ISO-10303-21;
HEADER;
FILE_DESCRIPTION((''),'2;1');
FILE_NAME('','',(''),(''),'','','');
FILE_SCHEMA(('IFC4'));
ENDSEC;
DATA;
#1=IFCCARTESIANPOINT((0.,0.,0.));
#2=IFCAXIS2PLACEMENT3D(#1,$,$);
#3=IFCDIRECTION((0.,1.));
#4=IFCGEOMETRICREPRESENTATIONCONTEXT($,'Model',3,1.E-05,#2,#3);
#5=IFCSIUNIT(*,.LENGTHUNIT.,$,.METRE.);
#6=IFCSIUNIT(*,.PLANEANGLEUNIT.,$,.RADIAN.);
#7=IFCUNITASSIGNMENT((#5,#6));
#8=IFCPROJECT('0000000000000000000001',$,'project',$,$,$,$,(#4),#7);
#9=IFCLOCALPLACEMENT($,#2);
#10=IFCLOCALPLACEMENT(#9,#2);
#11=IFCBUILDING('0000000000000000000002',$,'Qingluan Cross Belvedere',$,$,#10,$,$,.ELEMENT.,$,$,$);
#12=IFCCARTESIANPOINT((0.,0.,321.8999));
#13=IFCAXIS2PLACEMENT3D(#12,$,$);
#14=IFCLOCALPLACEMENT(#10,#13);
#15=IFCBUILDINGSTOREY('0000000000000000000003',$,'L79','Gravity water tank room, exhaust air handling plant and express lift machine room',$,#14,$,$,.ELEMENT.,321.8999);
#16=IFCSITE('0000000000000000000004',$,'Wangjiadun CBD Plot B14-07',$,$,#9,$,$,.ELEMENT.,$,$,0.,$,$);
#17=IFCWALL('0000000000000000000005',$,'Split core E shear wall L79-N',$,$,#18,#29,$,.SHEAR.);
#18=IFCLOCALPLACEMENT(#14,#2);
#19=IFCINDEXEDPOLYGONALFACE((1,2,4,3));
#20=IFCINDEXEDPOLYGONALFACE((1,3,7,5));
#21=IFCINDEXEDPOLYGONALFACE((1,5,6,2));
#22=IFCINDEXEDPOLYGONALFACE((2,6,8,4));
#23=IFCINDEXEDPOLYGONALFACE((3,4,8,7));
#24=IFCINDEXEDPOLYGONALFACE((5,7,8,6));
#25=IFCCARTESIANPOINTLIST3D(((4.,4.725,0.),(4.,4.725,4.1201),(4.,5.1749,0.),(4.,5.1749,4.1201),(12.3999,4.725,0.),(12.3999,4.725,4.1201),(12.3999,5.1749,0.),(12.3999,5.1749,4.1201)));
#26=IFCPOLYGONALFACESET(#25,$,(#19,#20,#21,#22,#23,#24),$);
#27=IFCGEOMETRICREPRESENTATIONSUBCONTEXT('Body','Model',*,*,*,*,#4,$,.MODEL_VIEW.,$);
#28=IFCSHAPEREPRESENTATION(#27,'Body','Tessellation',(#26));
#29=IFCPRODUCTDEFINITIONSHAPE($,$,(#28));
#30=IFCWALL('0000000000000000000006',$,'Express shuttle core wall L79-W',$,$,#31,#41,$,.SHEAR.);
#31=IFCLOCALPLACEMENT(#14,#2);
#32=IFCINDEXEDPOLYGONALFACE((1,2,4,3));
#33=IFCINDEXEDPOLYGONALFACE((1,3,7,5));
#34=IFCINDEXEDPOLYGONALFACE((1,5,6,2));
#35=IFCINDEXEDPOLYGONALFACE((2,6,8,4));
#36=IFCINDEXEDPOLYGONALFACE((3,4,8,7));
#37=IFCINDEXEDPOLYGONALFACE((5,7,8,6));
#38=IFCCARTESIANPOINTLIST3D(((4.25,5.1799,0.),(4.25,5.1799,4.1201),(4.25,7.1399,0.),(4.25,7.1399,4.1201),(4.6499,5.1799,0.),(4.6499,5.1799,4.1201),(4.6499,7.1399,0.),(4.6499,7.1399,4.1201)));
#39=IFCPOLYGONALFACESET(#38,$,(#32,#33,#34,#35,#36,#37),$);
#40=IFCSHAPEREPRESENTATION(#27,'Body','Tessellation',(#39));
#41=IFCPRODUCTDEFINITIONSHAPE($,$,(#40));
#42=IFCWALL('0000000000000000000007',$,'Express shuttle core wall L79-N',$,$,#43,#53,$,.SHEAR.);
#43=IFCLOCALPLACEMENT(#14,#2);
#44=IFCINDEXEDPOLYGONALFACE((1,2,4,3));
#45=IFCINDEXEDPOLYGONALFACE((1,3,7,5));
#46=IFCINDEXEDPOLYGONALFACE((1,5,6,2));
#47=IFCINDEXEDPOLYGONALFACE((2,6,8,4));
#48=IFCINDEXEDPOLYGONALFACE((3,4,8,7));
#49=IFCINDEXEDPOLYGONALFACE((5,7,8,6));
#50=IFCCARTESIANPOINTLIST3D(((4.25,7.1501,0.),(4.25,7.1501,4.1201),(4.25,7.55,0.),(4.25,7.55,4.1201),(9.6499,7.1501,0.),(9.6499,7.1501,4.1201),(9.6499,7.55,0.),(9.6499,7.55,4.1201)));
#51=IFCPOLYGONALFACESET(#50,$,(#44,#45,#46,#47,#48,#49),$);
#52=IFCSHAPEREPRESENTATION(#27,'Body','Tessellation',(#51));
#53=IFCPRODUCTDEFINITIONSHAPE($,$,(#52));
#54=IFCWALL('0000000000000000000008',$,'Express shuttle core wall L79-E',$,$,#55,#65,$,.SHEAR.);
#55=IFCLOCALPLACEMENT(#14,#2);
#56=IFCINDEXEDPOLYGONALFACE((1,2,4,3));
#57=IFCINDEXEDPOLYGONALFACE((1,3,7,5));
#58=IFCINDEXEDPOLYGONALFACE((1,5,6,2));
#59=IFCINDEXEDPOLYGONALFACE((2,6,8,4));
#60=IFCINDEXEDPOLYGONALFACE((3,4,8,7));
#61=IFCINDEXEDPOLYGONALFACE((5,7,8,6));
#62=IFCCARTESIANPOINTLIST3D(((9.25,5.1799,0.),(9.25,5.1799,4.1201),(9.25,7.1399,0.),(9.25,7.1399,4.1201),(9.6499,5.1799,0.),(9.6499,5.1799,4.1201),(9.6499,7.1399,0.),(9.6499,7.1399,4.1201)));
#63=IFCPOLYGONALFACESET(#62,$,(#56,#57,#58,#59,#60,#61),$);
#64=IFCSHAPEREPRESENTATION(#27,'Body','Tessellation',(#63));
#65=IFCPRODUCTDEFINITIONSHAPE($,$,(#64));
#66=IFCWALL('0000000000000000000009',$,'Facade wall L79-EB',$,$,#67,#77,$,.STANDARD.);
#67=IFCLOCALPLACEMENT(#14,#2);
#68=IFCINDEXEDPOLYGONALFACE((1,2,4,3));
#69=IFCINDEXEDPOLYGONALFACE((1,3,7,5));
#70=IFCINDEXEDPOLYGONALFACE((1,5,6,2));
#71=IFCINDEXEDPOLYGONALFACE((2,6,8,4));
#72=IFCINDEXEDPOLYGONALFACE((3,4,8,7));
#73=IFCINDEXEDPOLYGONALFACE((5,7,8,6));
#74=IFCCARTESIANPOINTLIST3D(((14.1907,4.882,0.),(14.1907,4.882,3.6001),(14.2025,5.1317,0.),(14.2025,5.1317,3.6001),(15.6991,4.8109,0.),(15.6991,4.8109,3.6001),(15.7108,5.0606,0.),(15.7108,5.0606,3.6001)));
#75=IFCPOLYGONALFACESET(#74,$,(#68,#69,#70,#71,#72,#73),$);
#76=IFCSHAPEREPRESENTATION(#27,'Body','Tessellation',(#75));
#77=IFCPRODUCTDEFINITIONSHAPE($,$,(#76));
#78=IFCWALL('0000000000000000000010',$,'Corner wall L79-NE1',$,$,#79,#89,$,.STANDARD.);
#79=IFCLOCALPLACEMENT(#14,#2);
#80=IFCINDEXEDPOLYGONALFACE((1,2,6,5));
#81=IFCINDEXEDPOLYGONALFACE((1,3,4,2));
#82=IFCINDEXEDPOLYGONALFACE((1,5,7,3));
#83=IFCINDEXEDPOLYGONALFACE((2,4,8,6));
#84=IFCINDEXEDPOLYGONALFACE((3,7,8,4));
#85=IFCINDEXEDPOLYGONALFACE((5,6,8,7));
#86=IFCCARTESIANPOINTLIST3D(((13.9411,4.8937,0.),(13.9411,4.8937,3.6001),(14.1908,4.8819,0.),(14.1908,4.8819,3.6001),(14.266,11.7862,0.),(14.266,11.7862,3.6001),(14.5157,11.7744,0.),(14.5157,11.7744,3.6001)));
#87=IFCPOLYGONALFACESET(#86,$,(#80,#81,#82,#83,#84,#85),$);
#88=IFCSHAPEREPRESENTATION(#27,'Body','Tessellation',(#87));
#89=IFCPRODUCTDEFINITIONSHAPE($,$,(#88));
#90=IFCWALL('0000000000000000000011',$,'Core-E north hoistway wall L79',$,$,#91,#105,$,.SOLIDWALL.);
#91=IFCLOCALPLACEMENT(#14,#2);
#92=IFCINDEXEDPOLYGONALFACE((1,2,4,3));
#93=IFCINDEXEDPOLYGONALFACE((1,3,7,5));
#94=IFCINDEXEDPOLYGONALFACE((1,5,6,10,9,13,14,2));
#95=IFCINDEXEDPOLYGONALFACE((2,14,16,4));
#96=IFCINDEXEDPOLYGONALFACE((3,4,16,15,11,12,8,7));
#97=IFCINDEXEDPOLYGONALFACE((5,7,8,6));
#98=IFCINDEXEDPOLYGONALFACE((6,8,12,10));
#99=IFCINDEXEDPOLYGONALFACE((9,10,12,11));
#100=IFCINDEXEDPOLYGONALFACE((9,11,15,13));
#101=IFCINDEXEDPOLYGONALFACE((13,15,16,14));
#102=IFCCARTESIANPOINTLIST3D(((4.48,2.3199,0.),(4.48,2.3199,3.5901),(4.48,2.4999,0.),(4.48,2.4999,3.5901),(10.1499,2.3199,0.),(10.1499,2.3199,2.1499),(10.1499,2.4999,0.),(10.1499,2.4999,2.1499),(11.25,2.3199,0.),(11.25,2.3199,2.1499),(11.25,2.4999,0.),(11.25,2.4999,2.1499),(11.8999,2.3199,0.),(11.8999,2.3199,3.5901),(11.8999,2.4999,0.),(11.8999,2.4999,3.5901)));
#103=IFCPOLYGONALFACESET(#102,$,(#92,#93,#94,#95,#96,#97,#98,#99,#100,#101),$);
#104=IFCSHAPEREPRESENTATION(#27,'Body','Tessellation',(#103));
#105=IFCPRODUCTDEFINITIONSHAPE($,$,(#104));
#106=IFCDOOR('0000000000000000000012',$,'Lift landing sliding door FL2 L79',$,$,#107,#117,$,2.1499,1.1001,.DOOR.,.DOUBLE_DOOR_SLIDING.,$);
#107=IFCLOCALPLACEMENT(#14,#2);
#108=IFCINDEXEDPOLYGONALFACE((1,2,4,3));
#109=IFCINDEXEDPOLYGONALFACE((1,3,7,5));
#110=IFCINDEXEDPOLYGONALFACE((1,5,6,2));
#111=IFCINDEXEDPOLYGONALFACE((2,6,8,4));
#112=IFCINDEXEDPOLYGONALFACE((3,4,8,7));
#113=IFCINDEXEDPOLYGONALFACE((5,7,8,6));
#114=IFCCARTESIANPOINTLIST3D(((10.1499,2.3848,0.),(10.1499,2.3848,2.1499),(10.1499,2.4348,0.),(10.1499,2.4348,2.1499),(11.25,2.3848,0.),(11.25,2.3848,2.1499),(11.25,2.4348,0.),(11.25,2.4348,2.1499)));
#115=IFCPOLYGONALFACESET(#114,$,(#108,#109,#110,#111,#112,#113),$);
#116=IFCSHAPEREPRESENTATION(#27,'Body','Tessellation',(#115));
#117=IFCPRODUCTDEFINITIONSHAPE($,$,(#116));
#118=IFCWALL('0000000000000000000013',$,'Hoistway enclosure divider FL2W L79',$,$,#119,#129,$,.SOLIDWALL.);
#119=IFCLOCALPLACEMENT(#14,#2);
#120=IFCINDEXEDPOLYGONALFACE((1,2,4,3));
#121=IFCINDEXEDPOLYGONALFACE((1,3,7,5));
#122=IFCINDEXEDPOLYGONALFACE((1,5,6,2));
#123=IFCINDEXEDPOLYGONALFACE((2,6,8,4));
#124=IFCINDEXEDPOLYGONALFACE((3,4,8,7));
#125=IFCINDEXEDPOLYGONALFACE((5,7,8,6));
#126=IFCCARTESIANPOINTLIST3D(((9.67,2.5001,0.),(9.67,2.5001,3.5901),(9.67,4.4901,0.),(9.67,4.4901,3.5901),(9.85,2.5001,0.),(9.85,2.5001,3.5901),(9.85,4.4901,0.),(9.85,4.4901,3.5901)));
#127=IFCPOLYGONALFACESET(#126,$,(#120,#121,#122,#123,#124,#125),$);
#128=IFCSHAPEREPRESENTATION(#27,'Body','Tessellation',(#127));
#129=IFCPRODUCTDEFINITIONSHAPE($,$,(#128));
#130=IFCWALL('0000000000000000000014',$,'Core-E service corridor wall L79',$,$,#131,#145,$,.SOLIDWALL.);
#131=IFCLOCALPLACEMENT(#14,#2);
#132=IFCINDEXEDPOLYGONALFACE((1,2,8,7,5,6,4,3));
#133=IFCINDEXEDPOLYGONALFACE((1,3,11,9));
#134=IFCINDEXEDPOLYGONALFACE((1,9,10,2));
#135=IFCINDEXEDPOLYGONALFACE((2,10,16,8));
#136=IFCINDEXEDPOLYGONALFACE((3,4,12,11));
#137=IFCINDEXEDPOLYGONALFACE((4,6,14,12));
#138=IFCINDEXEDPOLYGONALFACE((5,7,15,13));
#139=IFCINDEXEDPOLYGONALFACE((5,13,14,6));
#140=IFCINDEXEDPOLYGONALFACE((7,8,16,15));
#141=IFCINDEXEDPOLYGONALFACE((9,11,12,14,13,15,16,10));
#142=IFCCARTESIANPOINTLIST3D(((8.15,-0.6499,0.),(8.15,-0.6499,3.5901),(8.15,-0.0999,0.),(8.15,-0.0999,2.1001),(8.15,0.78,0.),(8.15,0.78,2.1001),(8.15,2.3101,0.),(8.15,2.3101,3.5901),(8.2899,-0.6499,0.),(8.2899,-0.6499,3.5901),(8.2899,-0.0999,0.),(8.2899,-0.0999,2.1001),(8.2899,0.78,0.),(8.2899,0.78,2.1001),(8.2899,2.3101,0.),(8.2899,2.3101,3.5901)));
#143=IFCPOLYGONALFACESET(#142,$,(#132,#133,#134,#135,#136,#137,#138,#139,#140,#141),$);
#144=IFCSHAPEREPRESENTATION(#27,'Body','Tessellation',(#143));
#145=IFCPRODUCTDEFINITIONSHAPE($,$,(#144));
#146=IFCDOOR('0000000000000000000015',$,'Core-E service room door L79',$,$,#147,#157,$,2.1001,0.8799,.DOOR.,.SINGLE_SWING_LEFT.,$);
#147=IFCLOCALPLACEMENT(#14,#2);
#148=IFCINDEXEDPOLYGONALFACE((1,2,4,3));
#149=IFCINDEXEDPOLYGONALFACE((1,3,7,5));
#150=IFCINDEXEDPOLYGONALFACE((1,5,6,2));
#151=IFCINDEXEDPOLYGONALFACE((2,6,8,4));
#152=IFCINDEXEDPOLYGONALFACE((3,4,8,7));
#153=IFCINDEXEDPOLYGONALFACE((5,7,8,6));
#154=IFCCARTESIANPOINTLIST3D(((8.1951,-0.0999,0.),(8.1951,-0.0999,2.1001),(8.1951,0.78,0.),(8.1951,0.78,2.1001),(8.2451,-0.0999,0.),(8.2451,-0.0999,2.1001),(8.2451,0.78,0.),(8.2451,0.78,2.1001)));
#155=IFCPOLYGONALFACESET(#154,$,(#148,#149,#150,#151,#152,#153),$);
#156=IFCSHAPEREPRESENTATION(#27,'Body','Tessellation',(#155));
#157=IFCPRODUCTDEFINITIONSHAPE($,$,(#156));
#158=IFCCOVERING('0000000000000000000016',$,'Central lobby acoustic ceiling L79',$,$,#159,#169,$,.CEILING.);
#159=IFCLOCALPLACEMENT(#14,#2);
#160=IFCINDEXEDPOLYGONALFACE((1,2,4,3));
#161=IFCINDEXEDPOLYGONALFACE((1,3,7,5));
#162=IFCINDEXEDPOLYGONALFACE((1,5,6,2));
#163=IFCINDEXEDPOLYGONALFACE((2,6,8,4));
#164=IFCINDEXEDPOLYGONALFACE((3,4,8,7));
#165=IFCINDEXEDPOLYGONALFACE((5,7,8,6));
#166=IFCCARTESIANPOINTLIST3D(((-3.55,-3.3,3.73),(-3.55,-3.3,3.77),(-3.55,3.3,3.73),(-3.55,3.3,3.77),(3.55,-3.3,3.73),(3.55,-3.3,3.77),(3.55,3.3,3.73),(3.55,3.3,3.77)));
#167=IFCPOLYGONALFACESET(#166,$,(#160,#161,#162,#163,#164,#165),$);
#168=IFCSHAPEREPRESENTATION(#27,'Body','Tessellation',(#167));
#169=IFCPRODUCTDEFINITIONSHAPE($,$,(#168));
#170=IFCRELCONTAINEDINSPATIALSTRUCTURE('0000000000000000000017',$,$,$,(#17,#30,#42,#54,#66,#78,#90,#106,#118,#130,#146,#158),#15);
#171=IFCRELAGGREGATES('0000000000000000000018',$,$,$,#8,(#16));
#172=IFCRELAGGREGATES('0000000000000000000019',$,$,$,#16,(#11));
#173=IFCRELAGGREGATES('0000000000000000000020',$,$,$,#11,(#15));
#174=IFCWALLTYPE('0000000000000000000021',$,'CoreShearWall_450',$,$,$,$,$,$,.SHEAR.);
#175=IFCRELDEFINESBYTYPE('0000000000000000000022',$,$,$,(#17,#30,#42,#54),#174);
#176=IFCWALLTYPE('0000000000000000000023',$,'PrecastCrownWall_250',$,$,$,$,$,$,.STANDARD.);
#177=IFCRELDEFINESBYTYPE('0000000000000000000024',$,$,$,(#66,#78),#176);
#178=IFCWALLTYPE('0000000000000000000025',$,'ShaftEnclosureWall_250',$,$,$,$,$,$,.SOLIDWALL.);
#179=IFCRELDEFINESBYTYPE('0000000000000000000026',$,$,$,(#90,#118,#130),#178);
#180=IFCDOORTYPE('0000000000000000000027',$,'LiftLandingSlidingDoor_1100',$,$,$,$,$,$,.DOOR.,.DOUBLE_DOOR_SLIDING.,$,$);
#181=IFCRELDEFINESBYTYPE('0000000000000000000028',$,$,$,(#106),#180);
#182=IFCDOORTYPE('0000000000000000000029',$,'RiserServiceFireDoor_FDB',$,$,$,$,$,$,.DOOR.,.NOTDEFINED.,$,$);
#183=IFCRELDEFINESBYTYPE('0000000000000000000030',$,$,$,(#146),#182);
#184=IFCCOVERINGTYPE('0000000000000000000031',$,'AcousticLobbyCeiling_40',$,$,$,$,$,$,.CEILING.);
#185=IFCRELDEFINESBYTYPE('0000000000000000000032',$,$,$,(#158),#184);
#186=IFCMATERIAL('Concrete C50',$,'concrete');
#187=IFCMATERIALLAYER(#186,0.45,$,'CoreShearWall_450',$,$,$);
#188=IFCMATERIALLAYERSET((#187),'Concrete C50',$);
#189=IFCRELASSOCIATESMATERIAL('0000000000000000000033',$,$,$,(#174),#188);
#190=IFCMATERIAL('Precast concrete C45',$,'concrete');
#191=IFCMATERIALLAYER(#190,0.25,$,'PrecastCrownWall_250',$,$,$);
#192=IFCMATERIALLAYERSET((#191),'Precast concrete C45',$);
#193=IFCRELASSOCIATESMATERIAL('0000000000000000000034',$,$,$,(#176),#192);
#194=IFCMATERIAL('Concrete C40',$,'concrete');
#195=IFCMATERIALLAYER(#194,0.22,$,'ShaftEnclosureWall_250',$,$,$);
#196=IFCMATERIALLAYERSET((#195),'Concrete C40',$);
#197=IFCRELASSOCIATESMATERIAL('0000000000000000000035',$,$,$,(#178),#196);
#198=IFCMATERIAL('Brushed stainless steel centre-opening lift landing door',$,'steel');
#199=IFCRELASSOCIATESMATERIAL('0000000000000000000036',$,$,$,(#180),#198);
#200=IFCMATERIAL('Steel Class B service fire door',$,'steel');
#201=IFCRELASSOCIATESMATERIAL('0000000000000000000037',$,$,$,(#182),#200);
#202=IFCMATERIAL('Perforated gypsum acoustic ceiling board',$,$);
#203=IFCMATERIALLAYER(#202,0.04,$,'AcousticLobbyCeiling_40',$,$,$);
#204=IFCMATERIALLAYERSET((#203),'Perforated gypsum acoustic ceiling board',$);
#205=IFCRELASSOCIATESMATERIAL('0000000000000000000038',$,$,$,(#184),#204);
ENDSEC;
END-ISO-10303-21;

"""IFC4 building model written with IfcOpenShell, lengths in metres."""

from ifc_helpers import new_model, si_unit, direction, frame, frame_2d, origin, origin_2d, place, context, subcontext, project, spatial, rectangle, extrude, material, layer, layer_set, type_object, element, fill, save


model = new_model("IFC4")

# Units and contexts
model_context = context("Model", 3, precision=1e-05, world=origin(), true_north=direction((0.0, 1.0)))
body_context = subcontext(model_context, "Body", "Model", "MODEL_VIEW")
ifc_project = project(units=[si_unit("LENGTHUNIT", "METRE"), si_unit("PLANEANGLEUNIT", "RADIAN")], contexts=[model_context])

# Site, building, storey
site_placement = place(None, origin())
site = spatial("IfcSite", under=ifc_project, at=site_placement, Name="Wangjiadun CBD Plot B14-07", CompositionType="ELEMENT", RefElevation=0.0)
building_placement = place(site_placement, origin())
building = spatial("IfcBuilding", under=site, at=building_placement, Name="Qingluan Cross Belvedere", CompositionType="ELEMENT")
storey_placement = place(building_placement, frame((0.0, 0.0, 321.8999)))
storey = spatial("IfcBuildingStorey", under=building, at=storey_placement, Name="L79", Description="Gravity water tank room, exhaust air handling plant and express lift machine room", CompositionType="ELEMENT", Elevation=321.8999)

# Walls
ifc_material_1 = material(Name="Concrete C50", Category="concrete")
ifc_layer_1 = layer(ifc_material_1, 0.45, Name="CoreShearWall_450")
ifc_layer_set_1 = layer_set([ifc_layer_1], Name="Concrete C50")
wall_type_1 = type_object("IfcWallType", Name="CoreShearWall_450", PredefinedType="SHEAR", material=ifc_layer_set_1)
wall_1_placement = place(storey_placement, frame((4.0, 4.95, 0.0), z_axis=(0.0, 0.0, 1.0), x_axis=(1.0, 0.0, 0.0)))
element("IfcWall", 1, at=wall_1_placement, inside=storey, type_object=wall_type_1, Name="Split core E shear wall L79-N", PredefinedType="SHEAR", context=body_context, shape_type="SweptSolid", body=[
    extrude(rectangle(XDim=8.3999, YDim=0.45, at=frame_2d((4.2, 0.0))), origin(), (0.0, 0.0, 1.0), 4.1201),
])
wall_2_placement = place(storey_placement, frame((4.45, 5.1799, 0.0), z_axis=(0.0, 0.0, 1.0), x_axis=(0.0, 1.0, 0.0)))
element("IfcWall", 2, at=wall_2_placement, inside=storey, type_object=wall_type_1, Name="Express shuttle core wall L79-W", PredefinedType="SHEAR", context=body_context, shape_type="SweptSolid", body=[
    extrude(rectangle(XDim=1.96, YDim=0.3999, at=frame_2d((0.98, 0.0))), origin(), (0.0, 0.0, 1.0), 4.1201),
])
wall_3_placement = place(storey_placement, frame((4.25, 7.3501, 0.0), z_axis=(0.0, 0.0, 1.0), x_axis=(1.0, 0.0, 0.0)))
element("IfcWall", 3, at=wall_3_placement, inside=storey, type_object=wall_type_1, Name="Express shuttle core wall L79-N", PredefinedType="SHEAR", context=body_context, shape_type="SweptSolid", body=[
    extrude(rectangle(XDim=5.3999, YDim=0.3999, at=frame_2d((2.7, 0.0))), origin(), (0.0, 0.0, 1.0), 4.1201),
])
wall_4_placement = place(storey_placement, frame((9.45, 5.1799, 0.0), z_axis=(0.0, 0.0, 1.0), x_axis=(0.0, 1.0, 0.0)))
element("IfcWall", 4, at=wall_4_placement, inside=storey, type_object=wall_type_1, Name="Express shuttle core wall L79-E", PredefinedType="SHEAR", context=body_context, shape_type="SweptSolid", body=[
    extrude(rectangle(XDim=1.96, YDim=0.3999, at=frame_2d((0.98, 0.0))), origin(), (0.0, 0.0, 1.0), 4.1201),
])
ifc_material_2 = material(Name="Precast concrete C45", Category="concrete")
ifc_layer_2 = layer(ifc_material_2, 0.25, Name="PrecastCrownWall_250")
ifc_layer_set_2 = layer_set([ifc_layer_2], Name="Precast concrete C45")
wall_type_2 = type_object("IfcWallType", Name="PrecastCrownWall_250", PredefinedType="STANDARD", material=ifc_layer_set_2)
wall_5_placement = place(storey_placement, frame((15.7048, 4.9358, 0.0), z_axis=(0.0, 0.0, 1.0), x_axis=(-0.998893, 0.04705, 0.0)))
element("IfcWall", 5, at=wall_5_placement, inside=storey, type_object=wall_type_2, Name="Facade wall L79-EB", PredefinedType="STANDARD", context=body_context, shape_type="SweptSolid", body=[
    extrude(rectangle(XDim=1.51, YDim=0.25, at=frame_2d((0.7549, 0.0))), origin(), (0.0, 0.0, 1.0), 3.6001),
])
wall_6_placement = place(storey_placement, frame((14.0659, 4.8877, 0.0), z_axis=(0.0, 0.0, 1.0), x_axis=(0.047093, 0.998891, 0.0)))
element("IfcWall", 6, at=wall_6_placement, inside=storey, type_object=wall_type_2, Name="Corner wall L79-NE1", PredefinedType="STANDARD", context=body_context, shape_type="SweptSolid", body=[
    extrude(rectangle(XDim=6.9001, YDim=0.25, at=frame_2d((3.4502, 0.0))), origin(), (0.0, 0.0, 1.0), 3.6001),
])

# Wall, opening, door
ifc_material_3 = material(Name="Concrete C40", Category="concrete")
ifc_layer_3 = layer(ifc_material_3, 0.22, Name="ShaftEnclosureWall_250")
ifc_layer_set_3 = layer_set([ifc_layer_3], Name="Concrete C40")
wall_type_3 = type_object("IfcWallType", Name="ShaftEnclosureWall_250", PredefinedType="SOLIDWALL", material=ifc_layer_set_3)
wall_7_placement = place(storey_placement, frame((4.48, 2.4099, 0.0), z_axis=(0.0, 0.0, 1.0), x_axis=(1.0, 0.0, 0.0)))
wall_7 = element("IfcWall", 7, at=wall_7_placement, inside=storey, type_object=wall_type_3, Name="Core-E north hoistway wall L79", PredefinedType="SOLIDWALL", context=body_context, shape_type="SweptSolid", body=[
    extrude(rectangle(XDim=7.4199, YDim=0.1799, at=frame_2d((3.71, 0.0))), origin(), (0.0, 0.0, 1.0), 3.5901),
])
opening_1_placement = place(wall_7_placement, frame((5.6699, 0.0, 0.0)))
opening_1 = element("IfcOpeningElement", 8, at=opening_1_placement, cuts=wall_7, PredefinedType="OPENING", context=body_context, shape_type="SweptSolid", body=[
    extrude(rectangle(XDim=1.1001, YDim=2.1499, at=frame_2d((0.55, 1.075))), frame((0.0, 0.0999, 0.0), z_axis=(0.0, -1.0, 0.0), x_axis=(1.0, 0.0, 0.0)), (0.0, 0.0, 1.0), 0.2),
])
ifc_material_4 = material(Name="Brushed stainless steel centre-opening lift landing door", Category="steel")
door_type_1 = type_object("IfcDoorType", Name="LiftLandingSlidingDoor_1100", OperationType="DOUBLE_DOOR_SLIDING", PredefinedType="DOOR", material=ifc_material_4)
door_1_placement = place(opening_1_placement, origin())
door_1 = element("IfcDoor", 9, at=door_1_placement, inside=storey, type_object=door_type_1, Name="Lift landing sliding door FL2 L79", OperationType="DOUBLE_DOOR_SLIDING", OverallHeight=2.1499, OverallWidth=1.1001, PredefinedType="DOOR", context=body_context, shape_type="SweptSolid", body=[
    extrude(rectangle(XDim=1.1001, YDim=2.1499, at=frame_2d((0.55, 1.075))), frame((0.0, 0.0249, 0.0), z_axis=(0.0, -1.0, 0.0), x_axis=(1.0, 0.0, 0.0)), (0.0, 0.0, 1.0), 0.05),
])
fill(opening_1, door_1)

# Wall
wall_8_placement = place(storey_placement, frame((9.76, 2.5, 0.0), z_axis=(0.0, 0.0, 1.0), x_axis=(0.0, 1.0, 0.0)))
element("IfcWall", 10, at=wall_8_placement, inside=storey, type_object=wall_type_3, Name="Hoistway enclosure divider FL2W L79", PredefinedType="SOLIDWALL", context=body_context, shape_type="SweptSolid", body=[
    extrude(rectangle(XDim=1.99, YDim=0.1799, at=frame_2d((0.9951, 0.0))), origin(), (0.0, 0.0, 1.0), 3.5901),
])

# Wall, opening, door
wall_9_placement = place(storey_placement, frame((8.22, -0.6499, 0.0), z_axis=(0.0, 0.0, 1.0), x_axis=(0.0, 1.0, 0.0)))
wall_9 = element("IfcWall", 11, at=wall_9_placement, inside=storey, type_object=wall_type_3, Name="Core-E service corridor wall L79", PredefinedType="SOLIDWALL", context=body_context, shape_type="SweptSolid", body=[
    extrude(rectangle(XDim=2.96, YDim=0.1399, at=frame_2d((1.48, 0.0))), origin(), (0.0, 0.0, 1.0), 3.5901),
])
opening_2_placement = place(wall_9_placement, frame((0.55, 0.0, 0.0)))
opening_2 = element("IfcOpeningElement", 12, at=opening_2_placement, cuts=wall_9, PredefinedType="OPENING", context=body_context, shape_type="SweptSolid", body=[
    extrude(rectangle(XDim=0.8799, YDim=2.1001, at=frame_2d((0.4399, 1.05))), frame((0.0, 0.0798, 0.0), z_axis=(0.0, -1.0, 0.0), x_axis=(1.0, 0.0, 0.0)), (0.0, 0.0, 1.0), 0.1599),
])
ifc_material_5 = material(Name="Steel Class B service fire door", Category="steel")
door_type_2 = type_object("IfcDoorType", Name="RiserServiceFireDoor_FDB", OperationType="NOTDEFINED", PredefinedType="DOOR", material=ifc_material_5)
door_2_placement = place(opening_2_placement, origin())
door_2 = element("IfcDoor", 13, at=door_2_placement, inside=storey, type_object=door_type_2, Name="Core-E service room door L79", OperationType="SINGLE_SWING_LEFT", OverallHeight=2.1001, OverallWidth=0.8799, PredefinedType="DOOR", context=body_context, shape_type="SweptSolid", body=[
    extrude(rectangle(XDim=0.8799, YDim=2.1001, at=frame_2d((0.4399, 1.05))), frame((0.0, 0.0249, 0.0), z_axis=(0.0, -1.0, 0.0), x_axis=(1.0, 0.0, 0.0)), (0.0, 0.0, 1.0), 0.05),
])
fill(opening_2, door_2)

# Covering
ifc_material_6 = material(Name="Perforated gypsum acoustic ceiling board")
ifc_layer_4 = layer(ifc_material_6, 0.04, Name="AcousticLobbyCeiling_40")
ifc_layer_set_4 = layer_set([ifc_layer_4], Name="Perforated gypsum acoustic ceiling board")
covering_type_1 = type_object("IfcCoveringType", Name="AcousticLobbyCeiling_40", PredefinedType="CEILING", material=ifc_layer_set_4)
covering_1_placement = place(storey_placement, frame((0.0, 0.0, 3.73), z_axis=(0.0, 0.0, 1.0), x_axis=(1.0, 0.0, 0.0)))
element("IfcCovering", 14, at=covering_1_placement, inside=storey, type_object=covering_type_1, Name="Central lobby acoustic ceiling L79", PredefinedType="CEILING", context=body_context, shape_type="SweptSolid", body=[
    extrude(rectangle(XDim=7.1001, YDim=6.6001, at=origin_2d()), origin(), (0.0, 0.0, 1.0), 0.04),
])

save(model, "model.ifc")
